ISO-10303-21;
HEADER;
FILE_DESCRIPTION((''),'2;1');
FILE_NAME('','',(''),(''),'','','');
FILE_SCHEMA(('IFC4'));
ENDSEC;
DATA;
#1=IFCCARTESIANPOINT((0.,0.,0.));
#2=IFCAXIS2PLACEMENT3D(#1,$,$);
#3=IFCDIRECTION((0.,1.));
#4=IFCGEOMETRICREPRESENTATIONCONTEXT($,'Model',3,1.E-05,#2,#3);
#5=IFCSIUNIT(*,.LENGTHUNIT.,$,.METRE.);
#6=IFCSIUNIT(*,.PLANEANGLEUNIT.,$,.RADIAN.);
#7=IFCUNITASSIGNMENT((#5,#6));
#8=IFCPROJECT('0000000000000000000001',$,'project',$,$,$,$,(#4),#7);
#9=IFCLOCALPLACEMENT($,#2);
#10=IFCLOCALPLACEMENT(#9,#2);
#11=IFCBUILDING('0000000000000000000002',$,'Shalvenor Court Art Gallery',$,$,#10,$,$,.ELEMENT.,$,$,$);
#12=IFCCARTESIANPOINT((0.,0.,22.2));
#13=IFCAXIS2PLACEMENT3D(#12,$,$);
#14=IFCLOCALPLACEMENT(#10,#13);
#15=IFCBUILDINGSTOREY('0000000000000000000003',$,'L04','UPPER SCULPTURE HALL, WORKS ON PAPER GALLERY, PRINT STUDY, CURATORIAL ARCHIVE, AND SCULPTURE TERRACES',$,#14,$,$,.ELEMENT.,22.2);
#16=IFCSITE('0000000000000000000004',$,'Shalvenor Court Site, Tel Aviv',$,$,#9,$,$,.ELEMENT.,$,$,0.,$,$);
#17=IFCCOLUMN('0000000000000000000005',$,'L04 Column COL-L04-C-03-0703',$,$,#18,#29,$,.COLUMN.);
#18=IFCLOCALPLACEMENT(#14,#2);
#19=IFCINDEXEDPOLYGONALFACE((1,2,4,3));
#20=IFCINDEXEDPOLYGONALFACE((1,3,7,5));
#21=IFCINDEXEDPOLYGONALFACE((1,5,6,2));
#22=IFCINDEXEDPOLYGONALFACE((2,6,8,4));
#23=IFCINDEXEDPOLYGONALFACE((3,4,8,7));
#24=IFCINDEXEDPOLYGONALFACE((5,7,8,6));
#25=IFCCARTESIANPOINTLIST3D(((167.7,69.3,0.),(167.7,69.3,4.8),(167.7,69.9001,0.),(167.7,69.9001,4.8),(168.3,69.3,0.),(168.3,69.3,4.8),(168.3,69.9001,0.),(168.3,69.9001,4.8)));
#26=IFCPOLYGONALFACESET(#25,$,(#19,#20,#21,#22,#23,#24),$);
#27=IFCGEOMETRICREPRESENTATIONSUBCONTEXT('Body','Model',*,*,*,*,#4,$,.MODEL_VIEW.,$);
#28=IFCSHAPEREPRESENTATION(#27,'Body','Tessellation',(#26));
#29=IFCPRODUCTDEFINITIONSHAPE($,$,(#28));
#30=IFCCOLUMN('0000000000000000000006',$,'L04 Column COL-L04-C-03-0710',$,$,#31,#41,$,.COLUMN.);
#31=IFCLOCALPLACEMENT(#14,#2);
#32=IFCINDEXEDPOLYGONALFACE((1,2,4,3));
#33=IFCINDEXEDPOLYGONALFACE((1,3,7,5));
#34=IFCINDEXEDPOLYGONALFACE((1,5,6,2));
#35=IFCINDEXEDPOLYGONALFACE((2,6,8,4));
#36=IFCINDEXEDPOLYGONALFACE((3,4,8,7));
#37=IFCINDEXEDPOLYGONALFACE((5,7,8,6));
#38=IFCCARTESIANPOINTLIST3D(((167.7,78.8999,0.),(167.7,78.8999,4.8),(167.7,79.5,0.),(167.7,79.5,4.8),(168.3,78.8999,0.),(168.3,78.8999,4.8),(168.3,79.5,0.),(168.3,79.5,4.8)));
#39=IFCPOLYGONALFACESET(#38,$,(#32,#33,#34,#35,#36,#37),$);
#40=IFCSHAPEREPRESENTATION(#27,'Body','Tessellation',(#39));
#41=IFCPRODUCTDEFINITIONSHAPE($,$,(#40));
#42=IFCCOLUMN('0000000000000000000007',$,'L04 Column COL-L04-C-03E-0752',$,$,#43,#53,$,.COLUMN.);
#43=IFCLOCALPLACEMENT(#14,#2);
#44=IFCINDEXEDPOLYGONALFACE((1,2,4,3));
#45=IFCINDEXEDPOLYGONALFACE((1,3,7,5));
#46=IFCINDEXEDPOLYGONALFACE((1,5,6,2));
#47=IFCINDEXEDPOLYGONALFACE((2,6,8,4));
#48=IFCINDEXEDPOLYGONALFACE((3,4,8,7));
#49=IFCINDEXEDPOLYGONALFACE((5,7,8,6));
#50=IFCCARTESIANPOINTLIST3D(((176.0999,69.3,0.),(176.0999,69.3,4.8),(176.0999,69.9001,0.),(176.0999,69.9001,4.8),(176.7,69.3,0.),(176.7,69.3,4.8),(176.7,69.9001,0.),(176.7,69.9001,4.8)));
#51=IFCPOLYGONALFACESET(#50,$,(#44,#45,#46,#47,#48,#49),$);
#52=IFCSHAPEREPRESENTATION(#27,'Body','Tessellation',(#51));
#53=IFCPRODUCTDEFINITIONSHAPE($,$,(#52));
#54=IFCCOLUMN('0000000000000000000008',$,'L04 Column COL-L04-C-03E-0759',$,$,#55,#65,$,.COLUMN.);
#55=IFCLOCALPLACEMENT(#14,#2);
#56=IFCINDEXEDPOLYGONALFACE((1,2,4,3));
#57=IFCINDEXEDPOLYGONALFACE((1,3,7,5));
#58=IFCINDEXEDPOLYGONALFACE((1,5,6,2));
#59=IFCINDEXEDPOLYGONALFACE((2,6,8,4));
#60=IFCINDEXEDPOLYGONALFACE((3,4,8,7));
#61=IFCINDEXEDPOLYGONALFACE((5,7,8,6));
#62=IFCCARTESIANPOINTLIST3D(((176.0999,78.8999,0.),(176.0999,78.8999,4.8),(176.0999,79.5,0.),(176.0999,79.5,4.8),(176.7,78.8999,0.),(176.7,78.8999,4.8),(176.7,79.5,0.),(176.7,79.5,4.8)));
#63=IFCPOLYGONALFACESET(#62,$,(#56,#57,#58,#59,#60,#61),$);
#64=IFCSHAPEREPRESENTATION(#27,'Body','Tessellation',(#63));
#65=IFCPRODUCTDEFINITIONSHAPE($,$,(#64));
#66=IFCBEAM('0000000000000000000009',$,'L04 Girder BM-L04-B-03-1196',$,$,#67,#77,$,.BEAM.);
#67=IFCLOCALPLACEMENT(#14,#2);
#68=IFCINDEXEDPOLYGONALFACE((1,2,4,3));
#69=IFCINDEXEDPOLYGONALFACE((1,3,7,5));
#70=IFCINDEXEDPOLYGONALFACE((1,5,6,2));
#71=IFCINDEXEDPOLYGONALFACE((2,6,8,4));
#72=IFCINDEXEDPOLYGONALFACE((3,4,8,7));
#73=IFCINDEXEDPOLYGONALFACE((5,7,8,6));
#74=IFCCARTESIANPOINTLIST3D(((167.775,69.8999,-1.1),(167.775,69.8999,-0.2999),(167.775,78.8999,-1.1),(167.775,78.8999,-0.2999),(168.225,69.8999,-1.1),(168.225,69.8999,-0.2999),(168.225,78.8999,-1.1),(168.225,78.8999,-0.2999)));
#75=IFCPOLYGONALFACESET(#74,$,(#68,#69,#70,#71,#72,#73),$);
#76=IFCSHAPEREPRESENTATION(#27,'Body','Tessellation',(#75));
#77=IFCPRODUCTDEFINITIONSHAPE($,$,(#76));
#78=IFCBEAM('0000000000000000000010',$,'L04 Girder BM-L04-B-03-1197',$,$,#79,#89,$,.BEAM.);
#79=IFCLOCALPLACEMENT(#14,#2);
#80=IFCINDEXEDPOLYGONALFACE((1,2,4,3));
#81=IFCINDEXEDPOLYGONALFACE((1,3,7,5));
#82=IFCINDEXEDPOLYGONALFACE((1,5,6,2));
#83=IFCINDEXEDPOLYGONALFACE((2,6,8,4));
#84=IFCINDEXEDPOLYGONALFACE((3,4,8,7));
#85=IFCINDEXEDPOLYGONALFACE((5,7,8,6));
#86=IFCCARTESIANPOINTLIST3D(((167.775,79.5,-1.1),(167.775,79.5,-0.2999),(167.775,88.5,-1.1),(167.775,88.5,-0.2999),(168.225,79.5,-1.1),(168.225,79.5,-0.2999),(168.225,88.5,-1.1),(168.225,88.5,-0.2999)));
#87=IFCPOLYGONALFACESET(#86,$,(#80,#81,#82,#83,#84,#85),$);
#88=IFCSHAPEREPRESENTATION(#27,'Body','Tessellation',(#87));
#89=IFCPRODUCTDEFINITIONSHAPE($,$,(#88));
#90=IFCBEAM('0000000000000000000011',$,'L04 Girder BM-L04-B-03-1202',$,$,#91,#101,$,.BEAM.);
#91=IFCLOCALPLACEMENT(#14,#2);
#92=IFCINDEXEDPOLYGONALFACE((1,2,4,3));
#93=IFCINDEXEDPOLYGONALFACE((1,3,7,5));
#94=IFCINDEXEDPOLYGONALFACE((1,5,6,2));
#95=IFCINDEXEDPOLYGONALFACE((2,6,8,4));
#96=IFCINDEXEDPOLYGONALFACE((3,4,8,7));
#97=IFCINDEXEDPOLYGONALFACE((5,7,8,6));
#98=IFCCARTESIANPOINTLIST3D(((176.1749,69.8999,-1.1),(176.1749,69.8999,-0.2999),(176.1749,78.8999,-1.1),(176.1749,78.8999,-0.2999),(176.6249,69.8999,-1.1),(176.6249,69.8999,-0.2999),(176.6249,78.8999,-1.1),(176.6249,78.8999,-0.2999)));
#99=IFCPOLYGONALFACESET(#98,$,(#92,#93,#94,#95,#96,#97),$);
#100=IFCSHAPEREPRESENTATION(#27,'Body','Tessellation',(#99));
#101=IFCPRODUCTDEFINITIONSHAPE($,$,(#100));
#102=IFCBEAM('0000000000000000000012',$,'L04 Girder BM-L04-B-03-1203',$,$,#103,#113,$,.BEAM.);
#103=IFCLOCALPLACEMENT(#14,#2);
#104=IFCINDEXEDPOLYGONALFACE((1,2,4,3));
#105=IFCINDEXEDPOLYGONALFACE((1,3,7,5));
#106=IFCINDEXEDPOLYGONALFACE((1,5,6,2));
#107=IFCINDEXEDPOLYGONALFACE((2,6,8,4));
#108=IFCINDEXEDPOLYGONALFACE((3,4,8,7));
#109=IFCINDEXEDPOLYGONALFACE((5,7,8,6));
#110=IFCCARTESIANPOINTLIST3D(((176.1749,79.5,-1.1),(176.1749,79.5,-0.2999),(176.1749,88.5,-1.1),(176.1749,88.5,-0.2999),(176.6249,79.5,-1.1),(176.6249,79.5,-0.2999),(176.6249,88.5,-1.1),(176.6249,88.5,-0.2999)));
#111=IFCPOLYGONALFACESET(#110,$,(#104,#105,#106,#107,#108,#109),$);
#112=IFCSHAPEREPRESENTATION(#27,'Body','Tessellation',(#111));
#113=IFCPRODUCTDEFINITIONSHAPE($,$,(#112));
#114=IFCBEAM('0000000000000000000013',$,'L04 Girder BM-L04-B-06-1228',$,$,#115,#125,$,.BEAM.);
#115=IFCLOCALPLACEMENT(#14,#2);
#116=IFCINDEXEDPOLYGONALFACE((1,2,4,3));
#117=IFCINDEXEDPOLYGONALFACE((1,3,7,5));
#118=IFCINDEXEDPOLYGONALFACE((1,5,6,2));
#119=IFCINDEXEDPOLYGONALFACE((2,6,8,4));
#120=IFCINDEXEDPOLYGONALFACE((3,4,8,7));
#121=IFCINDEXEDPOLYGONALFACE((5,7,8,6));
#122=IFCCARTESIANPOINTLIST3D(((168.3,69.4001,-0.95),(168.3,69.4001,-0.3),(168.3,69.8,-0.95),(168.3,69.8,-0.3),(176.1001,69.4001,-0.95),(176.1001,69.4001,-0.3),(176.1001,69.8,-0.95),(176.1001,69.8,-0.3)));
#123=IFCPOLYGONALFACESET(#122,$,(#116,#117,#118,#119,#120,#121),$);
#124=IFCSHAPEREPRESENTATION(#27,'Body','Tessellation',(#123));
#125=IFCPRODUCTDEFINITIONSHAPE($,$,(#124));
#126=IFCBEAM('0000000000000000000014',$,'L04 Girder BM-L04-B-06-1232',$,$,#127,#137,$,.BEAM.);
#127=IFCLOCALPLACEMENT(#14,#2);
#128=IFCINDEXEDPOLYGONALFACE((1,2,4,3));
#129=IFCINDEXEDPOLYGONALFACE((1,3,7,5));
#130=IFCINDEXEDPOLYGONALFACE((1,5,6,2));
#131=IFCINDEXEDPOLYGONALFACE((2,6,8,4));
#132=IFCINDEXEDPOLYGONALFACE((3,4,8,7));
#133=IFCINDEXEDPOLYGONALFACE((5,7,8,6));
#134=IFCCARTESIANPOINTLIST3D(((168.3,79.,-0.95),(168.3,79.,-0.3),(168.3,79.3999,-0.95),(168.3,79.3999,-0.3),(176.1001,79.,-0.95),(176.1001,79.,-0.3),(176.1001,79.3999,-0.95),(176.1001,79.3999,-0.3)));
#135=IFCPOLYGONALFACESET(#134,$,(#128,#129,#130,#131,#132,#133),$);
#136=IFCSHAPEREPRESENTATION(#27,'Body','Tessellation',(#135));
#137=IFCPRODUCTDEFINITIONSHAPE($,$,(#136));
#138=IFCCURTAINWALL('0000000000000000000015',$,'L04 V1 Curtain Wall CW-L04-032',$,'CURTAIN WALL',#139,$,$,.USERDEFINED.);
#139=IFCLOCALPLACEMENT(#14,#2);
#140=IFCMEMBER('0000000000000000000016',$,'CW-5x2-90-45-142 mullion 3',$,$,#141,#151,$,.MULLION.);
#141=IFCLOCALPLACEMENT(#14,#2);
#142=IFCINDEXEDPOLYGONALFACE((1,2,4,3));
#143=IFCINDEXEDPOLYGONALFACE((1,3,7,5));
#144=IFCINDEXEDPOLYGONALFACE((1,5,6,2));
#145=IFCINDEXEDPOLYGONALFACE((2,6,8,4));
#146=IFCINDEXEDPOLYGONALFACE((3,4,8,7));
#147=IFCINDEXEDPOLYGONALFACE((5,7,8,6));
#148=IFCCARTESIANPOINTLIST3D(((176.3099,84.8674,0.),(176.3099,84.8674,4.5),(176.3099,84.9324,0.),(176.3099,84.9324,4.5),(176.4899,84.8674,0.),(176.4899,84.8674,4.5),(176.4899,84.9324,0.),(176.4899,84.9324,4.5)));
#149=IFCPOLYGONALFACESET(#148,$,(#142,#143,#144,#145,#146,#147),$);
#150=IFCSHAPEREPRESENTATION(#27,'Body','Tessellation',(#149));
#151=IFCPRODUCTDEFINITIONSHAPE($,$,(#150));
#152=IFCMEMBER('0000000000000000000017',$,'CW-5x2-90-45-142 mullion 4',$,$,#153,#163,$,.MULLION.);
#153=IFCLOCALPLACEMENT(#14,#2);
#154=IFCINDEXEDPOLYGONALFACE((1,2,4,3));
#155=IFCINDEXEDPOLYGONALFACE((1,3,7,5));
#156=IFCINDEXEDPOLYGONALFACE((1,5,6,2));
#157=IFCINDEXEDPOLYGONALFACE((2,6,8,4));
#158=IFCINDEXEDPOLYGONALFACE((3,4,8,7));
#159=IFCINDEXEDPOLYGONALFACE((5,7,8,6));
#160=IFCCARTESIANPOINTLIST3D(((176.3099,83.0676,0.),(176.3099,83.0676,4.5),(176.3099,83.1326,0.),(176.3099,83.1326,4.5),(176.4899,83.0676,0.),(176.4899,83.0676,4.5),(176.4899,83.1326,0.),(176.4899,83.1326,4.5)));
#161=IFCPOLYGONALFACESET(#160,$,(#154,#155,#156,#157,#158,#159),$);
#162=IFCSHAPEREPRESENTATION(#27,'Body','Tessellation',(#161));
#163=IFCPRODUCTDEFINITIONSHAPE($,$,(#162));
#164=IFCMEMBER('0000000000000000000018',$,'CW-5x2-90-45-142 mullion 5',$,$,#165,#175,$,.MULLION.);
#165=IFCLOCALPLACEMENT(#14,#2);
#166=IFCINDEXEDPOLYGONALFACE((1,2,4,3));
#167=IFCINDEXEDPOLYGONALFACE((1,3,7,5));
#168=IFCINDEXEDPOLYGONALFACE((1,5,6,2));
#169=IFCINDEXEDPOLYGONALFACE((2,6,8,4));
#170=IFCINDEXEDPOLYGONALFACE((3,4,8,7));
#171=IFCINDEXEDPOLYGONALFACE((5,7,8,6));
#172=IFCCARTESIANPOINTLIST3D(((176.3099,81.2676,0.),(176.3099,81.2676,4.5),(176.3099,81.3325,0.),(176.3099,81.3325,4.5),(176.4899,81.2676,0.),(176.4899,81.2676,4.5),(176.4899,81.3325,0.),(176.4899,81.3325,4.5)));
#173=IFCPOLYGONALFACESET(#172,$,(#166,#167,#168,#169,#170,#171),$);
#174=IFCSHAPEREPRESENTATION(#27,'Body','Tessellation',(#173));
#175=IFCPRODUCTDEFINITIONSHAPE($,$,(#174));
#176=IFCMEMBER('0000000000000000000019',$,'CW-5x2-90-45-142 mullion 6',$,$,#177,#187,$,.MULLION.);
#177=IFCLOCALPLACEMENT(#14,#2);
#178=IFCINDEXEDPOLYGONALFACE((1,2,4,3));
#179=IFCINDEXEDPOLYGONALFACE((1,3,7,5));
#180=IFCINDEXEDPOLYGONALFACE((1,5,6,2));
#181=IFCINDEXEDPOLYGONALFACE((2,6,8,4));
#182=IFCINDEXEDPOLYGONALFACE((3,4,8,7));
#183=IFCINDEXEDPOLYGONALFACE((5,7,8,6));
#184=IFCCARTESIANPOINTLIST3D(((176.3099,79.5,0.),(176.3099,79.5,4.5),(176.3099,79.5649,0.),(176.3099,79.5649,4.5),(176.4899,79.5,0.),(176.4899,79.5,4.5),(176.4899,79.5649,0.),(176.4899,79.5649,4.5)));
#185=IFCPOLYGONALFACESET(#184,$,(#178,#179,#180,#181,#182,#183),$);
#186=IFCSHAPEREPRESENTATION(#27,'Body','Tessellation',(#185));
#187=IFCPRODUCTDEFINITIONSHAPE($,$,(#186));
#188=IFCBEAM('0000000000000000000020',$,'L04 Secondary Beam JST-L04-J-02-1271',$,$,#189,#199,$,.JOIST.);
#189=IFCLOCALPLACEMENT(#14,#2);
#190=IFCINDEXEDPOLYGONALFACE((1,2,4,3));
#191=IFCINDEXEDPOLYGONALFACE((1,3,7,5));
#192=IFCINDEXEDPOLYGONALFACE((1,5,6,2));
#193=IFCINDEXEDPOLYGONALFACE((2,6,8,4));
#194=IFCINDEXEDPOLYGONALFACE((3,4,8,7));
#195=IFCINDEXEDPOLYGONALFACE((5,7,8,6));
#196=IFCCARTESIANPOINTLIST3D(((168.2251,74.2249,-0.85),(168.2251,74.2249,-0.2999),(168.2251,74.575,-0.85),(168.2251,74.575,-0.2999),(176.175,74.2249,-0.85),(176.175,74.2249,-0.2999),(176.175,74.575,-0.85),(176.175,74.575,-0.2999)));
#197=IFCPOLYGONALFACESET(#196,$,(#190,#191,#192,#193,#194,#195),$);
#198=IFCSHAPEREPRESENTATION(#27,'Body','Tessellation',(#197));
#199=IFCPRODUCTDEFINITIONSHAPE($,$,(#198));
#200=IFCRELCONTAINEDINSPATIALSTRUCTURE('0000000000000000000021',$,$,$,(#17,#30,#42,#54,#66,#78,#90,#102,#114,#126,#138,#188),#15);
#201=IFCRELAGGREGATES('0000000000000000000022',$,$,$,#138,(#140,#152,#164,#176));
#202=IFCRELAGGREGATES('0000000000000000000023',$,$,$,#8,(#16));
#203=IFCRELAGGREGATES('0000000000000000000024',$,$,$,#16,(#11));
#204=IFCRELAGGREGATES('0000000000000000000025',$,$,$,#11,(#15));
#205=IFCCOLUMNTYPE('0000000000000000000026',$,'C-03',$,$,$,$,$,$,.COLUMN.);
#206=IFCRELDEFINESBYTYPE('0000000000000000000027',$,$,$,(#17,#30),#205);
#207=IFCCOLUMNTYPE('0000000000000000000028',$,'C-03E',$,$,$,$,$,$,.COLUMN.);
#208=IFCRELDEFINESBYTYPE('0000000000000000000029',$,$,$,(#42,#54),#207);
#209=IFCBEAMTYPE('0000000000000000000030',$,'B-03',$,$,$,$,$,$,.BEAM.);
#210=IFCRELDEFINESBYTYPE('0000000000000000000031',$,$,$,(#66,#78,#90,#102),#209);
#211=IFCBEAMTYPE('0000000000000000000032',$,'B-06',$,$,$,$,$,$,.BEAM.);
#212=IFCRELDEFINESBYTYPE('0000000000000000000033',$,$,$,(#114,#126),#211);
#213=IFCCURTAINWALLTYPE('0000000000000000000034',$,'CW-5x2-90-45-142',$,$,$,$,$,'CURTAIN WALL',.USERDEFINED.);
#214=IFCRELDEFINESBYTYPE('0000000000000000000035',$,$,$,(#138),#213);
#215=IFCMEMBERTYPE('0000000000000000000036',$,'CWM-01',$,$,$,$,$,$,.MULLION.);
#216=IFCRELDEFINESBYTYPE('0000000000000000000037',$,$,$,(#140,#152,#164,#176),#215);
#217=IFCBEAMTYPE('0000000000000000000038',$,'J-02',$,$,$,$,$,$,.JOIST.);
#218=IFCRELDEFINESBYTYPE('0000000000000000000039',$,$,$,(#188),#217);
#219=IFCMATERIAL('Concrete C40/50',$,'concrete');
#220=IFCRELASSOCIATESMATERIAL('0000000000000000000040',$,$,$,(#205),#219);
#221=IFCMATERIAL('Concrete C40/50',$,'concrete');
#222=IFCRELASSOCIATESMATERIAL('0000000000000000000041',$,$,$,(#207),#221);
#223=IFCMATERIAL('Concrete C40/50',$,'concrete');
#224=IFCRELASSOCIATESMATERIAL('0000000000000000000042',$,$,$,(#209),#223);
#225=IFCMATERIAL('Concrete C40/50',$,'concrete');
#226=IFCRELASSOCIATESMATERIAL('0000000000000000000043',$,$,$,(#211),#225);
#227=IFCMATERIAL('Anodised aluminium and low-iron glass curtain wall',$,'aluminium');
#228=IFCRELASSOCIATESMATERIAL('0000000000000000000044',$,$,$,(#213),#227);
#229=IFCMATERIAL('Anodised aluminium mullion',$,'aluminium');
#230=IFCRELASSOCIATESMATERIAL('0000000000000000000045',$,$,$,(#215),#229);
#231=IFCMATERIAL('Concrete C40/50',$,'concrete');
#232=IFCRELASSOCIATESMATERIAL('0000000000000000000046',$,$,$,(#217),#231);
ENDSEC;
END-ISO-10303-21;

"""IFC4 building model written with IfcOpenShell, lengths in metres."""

from ifc_helpers import new_model, si_unit, direction, frame, origin, origin_2d, place, context, subcontext, project, spatial, rectangle, extrude, material, material_profile, profile_set, type_object, element, aggregate, save


model = new_model("IFC4")

# Units and contexts
model_context = context("Model", 3, precision=1e-05, world=origin(), true_north=direction((0.0, 1.0)))
body_context = subcontext(model_context, "Body", "Model", "MODEL_VIEW")
ifc_project = project(units=[si_unit("LENGTHUNIT", "METRE"), si_unit("PLANEANGLEUNIT", "RADIAN")], contexts=[model_context])

# Site, building, storey
site_placement = place(None, origin())
site = spatial("IfcSite", under=ifc_project, at=site_placement, Name="Shalvenor Court Site, Tel Aviv", CompositionType="ELEMENT", RefElevation=0.0)
building_placement = place(site_placement, origin())
building = spatial("IfcBuilding", under=site, at=building_placement, Name="Shalvenor Court Art Gallery", CompositionType="ELEMENT")
storey_placement = place(building_placement, frame((0.0, 0.0, 22.2)))
storey = spatial("IfcBuildingStorey", under=building, at=storey_placement, Name="L04", Description="UPPER SCULPTURE HALL, WORKS ON PAPER GALLERY, PRINT STUDY, CURATORIAL ARCHIVE, AND SCULPTURE TERRACES", CompositionType="ELEMENT", Elevation=22.2)

# Columns
ifc_material_1 = material(Name="Concrete C40/50", Category="concrete")
ifc_material_profile_1 = material_profile(ifc_material_1, rectangle(XDim=0.6001, YDim=0.6001, at=origin_2d()), Name="RC 600x600")
ifc_profile_set_1 = profile_set([ifc_material_profile_1], Name="Concrete C40/50")
column_type_1 = type_object("IfcColumnType", Name="C-03", PredefinedType="COLUMN", material=ifc_profile_set_1)
for number, where, z_axis, x_axis, name in (
    (1, (168.0, 69.6001, 0.0), (0.0, 0.0, 1.0), (1.0, 0.0, 0.0), "L04 Column COL-L04-C-03-0703"),
    (2, (168.0, 79.2, 0.0), (0.0, 0.0, 1.0), (1.0, 0.0, 0.0), "L04 Column COL-L04-C-03-0710"),
):
    element("IfcColumn", number, at=place(storey_placement, frame(where, z_axis=z_axis, x_axis=x_axis)), inside=storey, type_object=column_type_1, Name=name, PredefinedType="COLUMN", context=body_context, shape_type="SweptSolid", body=[
        extrude(rectangle(XDim=0.6001, YDim=0.6001, at=origin_2d()), origin(), (0.0, 0.0, 1.0), 4.8),
    ])
ifc_material_2 = material(Name="Concrete C40/50", Category="concrete")
ifc_material_profile_2 = material_profile(ifc_material_2, rectangle(XDim=0.6001, YDim=0.6001, at=origin_2d()), Name="RC 600x600")
ifc_profile_set_2 = profile_set([ifc_material_profile_2], Name="Concrete C40/50")
column_type_2 = type_object("IfcColumnType", Name="C-03E", PredefinedType="COLUMN", material=ifc_profile_set_2)
for number, where, z_axis, x_axis, name in (
    (3, (176.3999, 69.6001, 0.0), (0.0, 0.0, 1.0), (1.0, 0.0, 0.0), "L04 Column COL-L04-C-03E-0752"),
    (4, (176.3999, 79.2, 0.0), (0.0, 0.0, 1.0), (1.0, 0.0, 0.0), "L04 Column COL-L04-C-03E-0759"),
):
    element("IfcColumn", number, at=place(storey_placement, frame(where, z_axis=z_axis, x_axis=x_axis)), inside=storey, type_object=column_type_2, Name=name, PredefinedType="COLUMN", context=body_context, shape_type="SweptSolid", body=[
        extrude(rectangle(XDim=0.6001, YDim=0.6001, at=origin_2d()), origin(), (0.0, 0.0, 1.0), 4.8),
    ])

# Beams
ifc_material_3 = material(Name="Concrete C40/50", Category="concrete")
ifc_material_profile_3 = material_profile(ifc_material_3, rectangle(XDim=0.45, YDim=0.8, at=origin_2d()), Name="RC 450x800")
ifc_profile_set_3 = profile_set([ifc_material_profile_3], Name="Concrete C40/50")
beam_type_1 = type_object("IfcBeamType", Name="B-03", PredefinedType="BEAM", material=ifc_profile_set_3)
for number, where, z_axis, x_axis, name in (
    (5, (168.0, 69.8999, -0.7), (0.0, 1.0, 0.0), (-1.0, 0.0, 0.0), "L04 Girder BM-L04-B-03-1196"),
    (6, (168.0, 79.5, -0.7), (0.0, 1.0, 0.0), (-1.0, 0.0, 0.0), "L04 Girder BM-L04-B-03-1197"),
    (7, (176.3999, 69.8999, -0.7), (0.0, 1.0, 0.0), (-1.0, 0.0, 0.0), "L04 Girder BM-L04-B-03-1202"),
    (8, (176.3999, 79.5, -0.7), (0.0, 1.0, 0.0), (-1.0, 0.0, 0.0), "L04 Girder BM-L04-B-03-1203"),
):
    element("IfcBeam", number, at=place(storey_placement, frame(where, z_axis=z_axis, x_axis=x_axis)), inside=storey, type_object=beam_type_1, Name=name, PredefinedType="BEAM", context=body_context, shape_type="SweptSolid", body=[
        extrude(rectangle(XDim=0.45, YDim=0.8, at=origin_2d()), origin(), (0.0, 0.0, 1.0), 9.0),
    ])
ifc_material_4 = material(Name="Concrete C40/50", Category="concrete")
ifc_material_profile_4 = material_profile(ifc_material_4, rectangle(XDim=0.3999, YDim=0.6499, at=origin_2d()), Name="RC 400x650")
ifc_profile_set_4 = profile_set([ifc_material_profile_4], Name="Concrete C40/50")
beam_type_2 = type_object("IfcBeamType", Name="B-06", PredefinedType="BEAM", material=ifc_profile_set_4)
for number, where, z_axis, x_axis, name in (
    (9, (168.3, 69.6001, -0.625), (1.0, 0.0, 0.0), (0.0, 1.0, 0.0), "L04 Girder BM-L04-B-06-1228"),
    (10, (168.3, 79.2, -0.625), (1.0, 0.0, 0.0), (0.0, 1.0, 0.0), "L04 Girder BM-L04-B-06-1232"),
):
    element("IfcBeam", number, at=place(storey_placement, frame(where, z_axis=z_axis, x_axis=x_axis)), inside=storey, type_object=beam_type_2, Name=name, PredefinedType="BEAM", context=body_context, shape_type="SweptSolid", body=[
        extrude(rectangle(XDim=0.3999, YDim=0.6499, at=origin_2d()), origin(), (0.0, 0.0, 1.0), 7.8),
    ])

# Curtain wall, members
ifc_material_5 = material(Name="Anodised aluminium and low-iron glass curtain wall", Category="aluminium")
curtain_wall_type = type_object("IfcCurtainWallType", Name="CW-5x2-90-45-142", ElementType="CURTAIN WALL", PredefinedType="USERDEFINED", material=ifc_material_5)
curtain_wall_placement = place(storey_placement, origin())
curtain_wall = element("IfcCurtainWall", 11, at=curtain_wall_placement, inside=storey, type_object=curtain_wall_type, Name="L04 V1 Curtain Wall CW-L04-032", ObjectType="CURTAIN WALL", PredefinedType="USERDEFINED")
ifc_material_6 = material(Name="Anodised aluminium mullion", Category="aluminium")
ifc_material_profile_5 = material_profile(ifc_material_6, rectangle(XDim=0.0649, YDim=0.1799, at=origin_2d()), Name="CWM-01")
ifc_profile_set_5 = profile_set([ifc_material_profile_5], Name="Anodised aluminium mullion")
member_type = type_object("IfcMemberType", Name="CWM-01", PredefinedType="MULLION", material=ifc_profile_set_5)
member_1_placement = place(storey_placement, frame((176.3999, 84.8999, 0.0), z_axis=(0.0, 0.0, 1.0), x_axis=(0.0, -1.0, 0.0)))
member_1 = element("IfcMember", 12, at=member_1_placement, type_object=member_type, Name="CW-5x2-90-45-142 mullion 3", PredefinedType="MULLION", context=body_context, shape_type="SweptSolid", body=[
    extrude(rectangle(XDim=0.0649, YDim=0.1799, at=origin_2d()), origin(), (0.0, 0.0, 1.0), 4.5),
])
member_2_placement = place(storey_placement, frame((176.3999, 83.1001, 0.0), z_axis=(0.0, 0.0, 1.0), x_axis=(0.0, -1.0, 0.0)))
member_2 = element("IfcMember", 13, at=member_2_placement, type_object=member_type, Name="CW-5x2-90-45-142 mullion 4", PredefinedType="MULLION", context=body_context, shape_type="SweptSolid", body=[
    extrude(rectangle(XDim=0.0649, YDim=0.1799, at=origin_2d()), origin(), (0.0, 0.0, 1.0), 4.5),
])
member_3_placement = place(storey_placement, frame((176.3999, 81.3, 0.0), z_axis=(0.0, 0.0, 1.0), x_axis=(0.0, -1.0, 0.0)))
member_3 = element("IfcMember", 14, at=member_3_placement, type_object=member_type, Name="CW-5x2-90-45-142 mullion 5", PredefinedType="MULLION", context=body_context, shape_type="SweptSolid", body=[
    extrude(rectangle(XDim=0.0649, YDim=0.1799, at=origin_2d()), origin(), (0.0, 0.0, 1.0), 4.5),
])
member_4_placement = place(storey_placement, frame((176.3999, 79.5325, 0.0), z_axis=(0.0, 0.0, 1.0), x_axis=(0.0, -1.0, 0.0)))
member_4 = element("IfcMember", 15, at=member_4_placement, type_object=member_type, Name="CW-5x2-90-45-142 mullion 6", PredefinedType="MULLION", context=body_context, shape_type="SweptSolid", body=[
    extrude(rectangle(XDim=0.0649, YDim=0.1799, at=origin_2d()), origin(), (0.0, 0.0, 1.0), 4.5),
])

# Beam
ifc_material_7 = material(Name="Concrete C40/50", Category="concrete")
ifc_material_profile_6 = material_profile(ifc_material_7, rectangle(XDim=0.3501, YDim=0.55, at=origin_2d()), Name="RC 350x550")
ifc_profile_set_6 = profile_set([ifc_material_profile_6], Name="Concrete C40/50")
beam_type_3 = type_object("IfcBeamType", Name="J-02", PredefinedType="JOIST", material=ifc_profile_set_6)
beam_placement = place(storey_placement, frame((168.2251, 74.3999, -0.575), z_axis=(1.0, 0.0, 0.0), x_axis=(0.0, 1.0, 0.0)))
element("IfcBeam", 16, at=beam_placement, inside=storey, type_object=beam_type_3, Name="L04 Secondary Beam JST-L04-J-02-1271", PredefinedType="JOIST", context=body_context, shape_type="SweptSolid", body=[
    extrude(rectangle(XDim=0.3501, YDim=0.55, at=origin_2d()), origin(), (0.0, 0.0, 1.0), 7.95),
])

aggregate(curtain_wall, [member_1, member_2, member_3, member_4])

save(model, "model.ifc")
